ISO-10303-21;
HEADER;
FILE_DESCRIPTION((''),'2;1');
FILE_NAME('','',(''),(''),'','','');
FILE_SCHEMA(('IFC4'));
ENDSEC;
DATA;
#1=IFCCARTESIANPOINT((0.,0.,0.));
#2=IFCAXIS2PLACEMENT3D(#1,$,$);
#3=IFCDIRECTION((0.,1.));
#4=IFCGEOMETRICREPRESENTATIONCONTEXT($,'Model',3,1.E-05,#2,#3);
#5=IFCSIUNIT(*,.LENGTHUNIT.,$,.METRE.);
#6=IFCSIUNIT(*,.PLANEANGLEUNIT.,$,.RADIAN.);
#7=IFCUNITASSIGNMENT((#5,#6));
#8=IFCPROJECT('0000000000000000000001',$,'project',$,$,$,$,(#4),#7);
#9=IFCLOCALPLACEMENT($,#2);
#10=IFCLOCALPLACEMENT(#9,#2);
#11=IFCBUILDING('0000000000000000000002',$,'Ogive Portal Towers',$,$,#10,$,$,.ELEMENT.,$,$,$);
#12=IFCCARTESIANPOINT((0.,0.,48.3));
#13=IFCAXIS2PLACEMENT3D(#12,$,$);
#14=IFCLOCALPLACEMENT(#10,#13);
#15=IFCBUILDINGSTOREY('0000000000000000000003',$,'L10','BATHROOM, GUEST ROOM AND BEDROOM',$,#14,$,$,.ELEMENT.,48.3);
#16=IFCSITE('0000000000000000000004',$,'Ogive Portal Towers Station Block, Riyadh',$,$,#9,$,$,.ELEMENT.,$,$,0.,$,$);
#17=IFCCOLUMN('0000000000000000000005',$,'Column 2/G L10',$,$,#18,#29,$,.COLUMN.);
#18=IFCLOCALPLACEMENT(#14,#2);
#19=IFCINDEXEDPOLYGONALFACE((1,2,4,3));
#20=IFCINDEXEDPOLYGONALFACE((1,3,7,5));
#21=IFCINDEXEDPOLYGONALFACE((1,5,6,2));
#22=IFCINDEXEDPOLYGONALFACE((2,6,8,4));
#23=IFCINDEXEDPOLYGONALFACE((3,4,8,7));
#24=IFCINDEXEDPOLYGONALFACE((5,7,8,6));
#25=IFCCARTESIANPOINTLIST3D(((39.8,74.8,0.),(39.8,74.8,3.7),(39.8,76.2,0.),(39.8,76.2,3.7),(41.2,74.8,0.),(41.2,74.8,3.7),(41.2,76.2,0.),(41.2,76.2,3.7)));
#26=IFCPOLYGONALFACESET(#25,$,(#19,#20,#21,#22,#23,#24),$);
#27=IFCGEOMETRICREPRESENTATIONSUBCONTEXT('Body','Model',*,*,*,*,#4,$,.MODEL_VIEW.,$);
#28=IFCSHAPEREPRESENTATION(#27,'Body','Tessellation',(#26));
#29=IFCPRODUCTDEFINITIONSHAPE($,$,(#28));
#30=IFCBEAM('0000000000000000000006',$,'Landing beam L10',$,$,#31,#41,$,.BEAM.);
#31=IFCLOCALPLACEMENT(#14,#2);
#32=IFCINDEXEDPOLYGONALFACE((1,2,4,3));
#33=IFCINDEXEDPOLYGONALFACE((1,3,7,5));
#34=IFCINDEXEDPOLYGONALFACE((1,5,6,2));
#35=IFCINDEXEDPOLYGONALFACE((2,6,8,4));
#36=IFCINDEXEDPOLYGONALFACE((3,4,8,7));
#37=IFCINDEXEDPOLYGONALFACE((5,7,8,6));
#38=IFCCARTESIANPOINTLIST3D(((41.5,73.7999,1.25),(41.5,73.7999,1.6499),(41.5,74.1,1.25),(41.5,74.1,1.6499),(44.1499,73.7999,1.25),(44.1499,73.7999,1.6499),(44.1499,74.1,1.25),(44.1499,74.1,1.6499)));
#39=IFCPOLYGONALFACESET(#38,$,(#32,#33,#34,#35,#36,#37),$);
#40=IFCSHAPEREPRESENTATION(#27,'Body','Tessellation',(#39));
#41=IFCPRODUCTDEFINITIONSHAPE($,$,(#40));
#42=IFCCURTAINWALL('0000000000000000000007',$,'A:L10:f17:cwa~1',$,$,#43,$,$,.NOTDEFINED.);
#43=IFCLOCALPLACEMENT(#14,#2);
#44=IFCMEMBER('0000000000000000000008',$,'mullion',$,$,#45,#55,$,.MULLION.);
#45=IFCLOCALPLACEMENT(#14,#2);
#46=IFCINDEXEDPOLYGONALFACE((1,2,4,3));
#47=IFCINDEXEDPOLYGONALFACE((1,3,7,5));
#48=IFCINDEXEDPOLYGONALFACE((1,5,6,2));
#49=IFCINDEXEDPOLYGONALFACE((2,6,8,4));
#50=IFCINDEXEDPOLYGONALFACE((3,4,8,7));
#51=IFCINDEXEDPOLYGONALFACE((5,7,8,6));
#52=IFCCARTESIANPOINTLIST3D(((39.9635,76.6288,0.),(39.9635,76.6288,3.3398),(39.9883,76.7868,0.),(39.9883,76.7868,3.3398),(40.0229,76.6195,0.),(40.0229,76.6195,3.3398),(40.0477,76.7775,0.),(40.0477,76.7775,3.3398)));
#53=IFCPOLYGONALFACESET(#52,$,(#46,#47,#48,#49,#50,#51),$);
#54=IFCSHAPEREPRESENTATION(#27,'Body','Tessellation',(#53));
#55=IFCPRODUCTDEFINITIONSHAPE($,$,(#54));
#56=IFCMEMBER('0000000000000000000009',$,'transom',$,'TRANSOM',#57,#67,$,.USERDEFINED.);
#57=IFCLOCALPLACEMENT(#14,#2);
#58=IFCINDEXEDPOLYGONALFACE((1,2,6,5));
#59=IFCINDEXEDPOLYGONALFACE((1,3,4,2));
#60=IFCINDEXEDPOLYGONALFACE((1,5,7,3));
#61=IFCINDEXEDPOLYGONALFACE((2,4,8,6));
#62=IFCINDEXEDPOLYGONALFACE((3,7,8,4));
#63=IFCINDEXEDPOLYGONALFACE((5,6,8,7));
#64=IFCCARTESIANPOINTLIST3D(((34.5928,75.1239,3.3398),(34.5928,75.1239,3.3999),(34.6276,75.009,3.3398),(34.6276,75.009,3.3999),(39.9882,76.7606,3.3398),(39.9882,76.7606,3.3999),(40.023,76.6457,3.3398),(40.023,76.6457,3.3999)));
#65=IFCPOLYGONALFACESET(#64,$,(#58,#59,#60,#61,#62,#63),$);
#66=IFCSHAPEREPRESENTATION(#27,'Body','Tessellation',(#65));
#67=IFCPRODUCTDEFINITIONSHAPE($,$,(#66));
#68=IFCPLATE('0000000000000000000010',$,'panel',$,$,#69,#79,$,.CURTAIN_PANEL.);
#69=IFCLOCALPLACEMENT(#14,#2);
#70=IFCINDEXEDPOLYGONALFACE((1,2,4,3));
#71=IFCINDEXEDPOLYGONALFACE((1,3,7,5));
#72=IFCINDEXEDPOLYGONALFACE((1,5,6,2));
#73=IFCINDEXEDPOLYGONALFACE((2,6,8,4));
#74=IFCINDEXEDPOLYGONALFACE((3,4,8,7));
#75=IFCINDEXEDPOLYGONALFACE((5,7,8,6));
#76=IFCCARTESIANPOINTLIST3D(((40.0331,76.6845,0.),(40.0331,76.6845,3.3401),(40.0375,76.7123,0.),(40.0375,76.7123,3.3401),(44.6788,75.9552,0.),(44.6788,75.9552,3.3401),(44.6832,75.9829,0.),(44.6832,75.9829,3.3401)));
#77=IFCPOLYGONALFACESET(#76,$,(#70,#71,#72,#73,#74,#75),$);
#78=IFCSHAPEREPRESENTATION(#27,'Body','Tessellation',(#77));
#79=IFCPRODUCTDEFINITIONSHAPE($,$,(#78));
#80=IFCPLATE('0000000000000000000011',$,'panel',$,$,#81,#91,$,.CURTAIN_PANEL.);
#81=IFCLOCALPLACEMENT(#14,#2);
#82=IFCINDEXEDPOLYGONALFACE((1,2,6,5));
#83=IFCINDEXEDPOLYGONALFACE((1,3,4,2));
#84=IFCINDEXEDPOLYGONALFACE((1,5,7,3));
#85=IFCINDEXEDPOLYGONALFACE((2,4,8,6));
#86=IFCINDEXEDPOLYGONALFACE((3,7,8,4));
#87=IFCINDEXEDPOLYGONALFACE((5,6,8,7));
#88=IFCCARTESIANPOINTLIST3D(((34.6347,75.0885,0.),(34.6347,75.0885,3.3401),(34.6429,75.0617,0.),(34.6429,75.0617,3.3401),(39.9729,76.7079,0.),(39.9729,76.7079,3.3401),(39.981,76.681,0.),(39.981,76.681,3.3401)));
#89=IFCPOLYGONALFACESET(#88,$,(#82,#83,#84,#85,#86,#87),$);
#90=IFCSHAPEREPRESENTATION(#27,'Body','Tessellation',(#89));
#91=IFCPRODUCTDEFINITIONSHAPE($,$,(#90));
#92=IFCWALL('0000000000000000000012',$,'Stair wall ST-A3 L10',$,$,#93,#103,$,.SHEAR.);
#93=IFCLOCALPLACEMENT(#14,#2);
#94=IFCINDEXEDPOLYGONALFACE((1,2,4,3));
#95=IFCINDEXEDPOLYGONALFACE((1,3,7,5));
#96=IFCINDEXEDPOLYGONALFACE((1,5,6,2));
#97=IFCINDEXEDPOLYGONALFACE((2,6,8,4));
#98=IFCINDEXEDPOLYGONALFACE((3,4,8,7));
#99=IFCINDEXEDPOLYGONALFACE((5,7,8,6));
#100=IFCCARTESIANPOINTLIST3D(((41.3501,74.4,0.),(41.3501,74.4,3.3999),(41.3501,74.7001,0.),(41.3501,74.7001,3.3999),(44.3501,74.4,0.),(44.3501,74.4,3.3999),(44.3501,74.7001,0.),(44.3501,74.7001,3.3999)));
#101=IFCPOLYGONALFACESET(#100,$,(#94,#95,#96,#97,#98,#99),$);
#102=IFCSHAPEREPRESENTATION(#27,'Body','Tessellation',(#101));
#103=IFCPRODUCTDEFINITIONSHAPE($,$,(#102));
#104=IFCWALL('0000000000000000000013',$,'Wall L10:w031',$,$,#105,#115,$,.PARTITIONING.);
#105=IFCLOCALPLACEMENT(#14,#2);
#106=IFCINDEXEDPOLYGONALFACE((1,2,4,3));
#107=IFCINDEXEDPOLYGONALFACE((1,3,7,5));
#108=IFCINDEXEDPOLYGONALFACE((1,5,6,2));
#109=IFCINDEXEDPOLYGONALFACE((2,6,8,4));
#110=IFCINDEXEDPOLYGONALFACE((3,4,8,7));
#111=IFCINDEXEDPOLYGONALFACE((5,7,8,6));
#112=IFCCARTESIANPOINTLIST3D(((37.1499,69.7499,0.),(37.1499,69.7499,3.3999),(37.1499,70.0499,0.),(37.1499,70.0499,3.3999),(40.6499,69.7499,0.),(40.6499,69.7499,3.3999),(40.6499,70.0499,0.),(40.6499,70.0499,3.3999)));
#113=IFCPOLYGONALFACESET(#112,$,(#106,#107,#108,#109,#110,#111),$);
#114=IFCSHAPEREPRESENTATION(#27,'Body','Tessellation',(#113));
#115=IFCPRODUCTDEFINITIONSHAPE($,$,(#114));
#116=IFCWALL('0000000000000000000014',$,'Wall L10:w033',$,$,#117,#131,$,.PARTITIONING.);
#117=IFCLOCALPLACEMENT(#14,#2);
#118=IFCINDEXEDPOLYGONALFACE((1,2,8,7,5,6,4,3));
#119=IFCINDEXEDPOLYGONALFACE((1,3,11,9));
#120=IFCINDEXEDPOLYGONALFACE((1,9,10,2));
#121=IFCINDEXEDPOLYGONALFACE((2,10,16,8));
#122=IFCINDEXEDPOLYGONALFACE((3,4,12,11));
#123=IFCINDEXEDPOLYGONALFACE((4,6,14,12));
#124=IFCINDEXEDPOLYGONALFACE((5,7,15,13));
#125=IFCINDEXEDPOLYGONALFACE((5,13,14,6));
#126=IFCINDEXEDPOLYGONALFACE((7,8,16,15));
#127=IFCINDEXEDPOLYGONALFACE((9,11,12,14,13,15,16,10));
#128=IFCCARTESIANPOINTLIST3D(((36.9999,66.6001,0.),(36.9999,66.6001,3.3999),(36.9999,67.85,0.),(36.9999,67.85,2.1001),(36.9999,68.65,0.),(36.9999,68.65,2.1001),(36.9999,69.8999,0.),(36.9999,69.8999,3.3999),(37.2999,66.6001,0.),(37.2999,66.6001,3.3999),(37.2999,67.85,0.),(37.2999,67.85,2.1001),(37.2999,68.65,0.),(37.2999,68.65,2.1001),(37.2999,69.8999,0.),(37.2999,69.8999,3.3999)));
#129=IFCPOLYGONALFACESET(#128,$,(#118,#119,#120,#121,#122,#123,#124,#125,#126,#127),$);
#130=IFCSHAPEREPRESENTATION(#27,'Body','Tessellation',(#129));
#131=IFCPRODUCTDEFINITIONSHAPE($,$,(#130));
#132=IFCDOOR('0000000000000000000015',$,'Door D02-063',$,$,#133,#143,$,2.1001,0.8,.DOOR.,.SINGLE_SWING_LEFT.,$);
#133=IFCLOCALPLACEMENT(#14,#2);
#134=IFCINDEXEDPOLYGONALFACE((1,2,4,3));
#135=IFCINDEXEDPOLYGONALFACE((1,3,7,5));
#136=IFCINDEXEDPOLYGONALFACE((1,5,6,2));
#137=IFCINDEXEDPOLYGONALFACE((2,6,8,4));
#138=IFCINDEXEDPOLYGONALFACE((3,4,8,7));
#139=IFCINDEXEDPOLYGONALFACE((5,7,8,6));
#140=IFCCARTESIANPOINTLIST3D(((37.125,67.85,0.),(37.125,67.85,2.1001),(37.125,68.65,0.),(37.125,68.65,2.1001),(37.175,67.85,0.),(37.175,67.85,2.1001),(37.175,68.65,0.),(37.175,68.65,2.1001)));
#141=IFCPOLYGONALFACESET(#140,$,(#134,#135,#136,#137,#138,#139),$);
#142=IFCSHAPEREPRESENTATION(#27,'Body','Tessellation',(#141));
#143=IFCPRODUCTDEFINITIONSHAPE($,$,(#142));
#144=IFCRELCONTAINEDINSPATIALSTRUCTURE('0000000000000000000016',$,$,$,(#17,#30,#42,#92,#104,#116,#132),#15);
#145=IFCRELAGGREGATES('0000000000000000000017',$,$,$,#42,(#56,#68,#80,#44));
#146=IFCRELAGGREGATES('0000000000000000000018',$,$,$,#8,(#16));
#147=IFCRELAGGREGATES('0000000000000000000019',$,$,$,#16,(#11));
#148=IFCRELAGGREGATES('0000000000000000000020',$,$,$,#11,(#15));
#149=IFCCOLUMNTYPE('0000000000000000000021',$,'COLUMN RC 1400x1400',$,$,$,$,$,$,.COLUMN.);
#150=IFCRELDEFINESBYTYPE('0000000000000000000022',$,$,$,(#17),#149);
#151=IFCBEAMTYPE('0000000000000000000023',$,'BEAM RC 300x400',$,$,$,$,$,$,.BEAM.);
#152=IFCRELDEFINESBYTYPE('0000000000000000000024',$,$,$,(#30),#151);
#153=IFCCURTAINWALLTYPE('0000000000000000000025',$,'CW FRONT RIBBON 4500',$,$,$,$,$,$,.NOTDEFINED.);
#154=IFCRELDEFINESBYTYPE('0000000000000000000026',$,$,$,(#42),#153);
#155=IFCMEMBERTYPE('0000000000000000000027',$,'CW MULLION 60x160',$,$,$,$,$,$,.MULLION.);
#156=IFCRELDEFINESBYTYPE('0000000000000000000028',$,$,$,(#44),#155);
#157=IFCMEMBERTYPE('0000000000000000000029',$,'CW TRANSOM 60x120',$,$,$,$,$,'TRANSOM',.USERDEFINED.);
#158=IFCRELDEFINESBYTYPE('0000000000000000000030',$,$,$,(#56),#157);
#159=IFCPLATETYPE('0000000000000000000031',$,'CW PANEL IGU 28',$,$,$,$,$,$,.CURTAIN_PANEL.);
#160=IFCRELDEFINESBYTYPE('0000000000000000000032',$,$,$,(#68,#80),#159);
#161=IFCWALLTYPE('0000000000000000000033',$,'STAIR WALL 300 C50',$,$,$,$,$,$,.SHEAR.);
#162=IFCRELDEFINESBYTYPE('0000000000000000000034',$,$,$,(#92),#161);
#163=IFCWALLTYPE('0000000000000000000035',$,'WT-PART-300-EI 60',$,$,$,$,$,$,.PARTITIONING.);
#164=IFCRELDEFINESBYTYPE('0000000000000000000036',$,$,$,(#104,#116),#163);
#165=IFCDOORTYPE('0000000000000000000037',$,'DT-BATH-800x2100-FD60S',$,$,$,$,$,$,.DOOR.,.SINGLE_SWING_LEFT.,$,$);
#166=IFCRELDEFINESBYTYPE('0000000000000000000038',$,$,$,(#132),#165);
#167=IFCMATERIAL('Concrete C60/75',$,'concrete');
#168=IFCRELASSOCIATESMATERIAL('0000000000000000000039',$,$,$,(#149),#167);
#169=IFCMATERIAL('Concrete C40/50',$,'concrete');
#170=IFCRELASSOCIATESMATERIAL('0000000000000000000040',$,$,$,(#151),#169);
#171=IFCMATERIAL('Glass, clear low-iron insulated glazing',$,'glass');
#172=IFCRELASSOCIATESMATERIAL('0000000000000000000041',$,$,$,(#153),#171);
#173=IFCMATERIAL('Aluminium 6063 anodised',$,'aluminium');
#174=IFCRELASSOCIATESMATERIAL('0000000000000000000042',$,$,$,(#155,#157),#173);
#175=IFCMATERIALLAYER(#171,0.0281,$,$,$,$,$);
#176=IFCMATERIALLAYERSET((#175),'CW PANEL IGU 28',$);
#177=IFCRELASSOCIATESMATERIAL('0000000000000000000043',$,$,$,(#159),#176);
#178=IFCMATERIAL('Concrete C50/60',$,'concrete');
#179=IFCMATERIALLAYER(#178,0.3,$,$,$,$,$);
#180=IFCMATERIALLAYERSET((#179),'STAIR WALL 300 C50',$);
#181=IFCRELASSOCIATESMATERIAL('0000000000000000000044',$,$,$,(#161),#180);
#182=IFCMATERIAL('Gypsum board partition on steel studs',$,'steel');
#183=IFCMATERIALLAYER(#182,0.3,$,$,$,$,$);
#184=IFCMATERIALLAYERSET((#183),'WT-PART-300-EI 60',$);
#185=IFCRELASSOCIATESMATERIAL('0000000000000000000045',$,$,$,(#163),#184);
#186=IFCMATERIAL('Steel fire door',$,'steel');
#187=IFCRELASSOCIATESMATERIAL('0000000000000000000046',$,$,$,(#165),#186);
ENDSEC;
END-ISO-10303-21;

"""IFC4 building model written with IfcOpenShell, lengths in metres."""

from ifc_helpers import new_model, si_unit, direction, frame, frame_2d, origin, origin_2d, place, context, subcontext, project, spatial, rectangle, extrude, material, layer, layer_set, material_profile, profile_set, type_object, element, fill, aggregate, save


model = new_model("IFC4")

# Units and contexts
model_context = context("Model", 3, precision=1e-05, world=origin(), true_north=direction((0.0, 1.0)))
body_context = subcontext(model_context, "Body", "Model", "MODEL_VIEW")
ifc_project = project(units=[si_unit("LENGTHUNIT", "METRE"), si_unit("PLANEANGLEUNIT", "RADIAN")], contexts=[model_context])

# Site, building, storey
site_placement = place(None, origin())
site = spatial("IfcSite", under=ifc_project, at=site_placement, Name="Ogive Portal Towers Station Block, Riyadh", CompositionType="ELEMENT", RefElevation=0.0)
building_placement = place(site_placement, origin())
building = spatial("IfcBuilding", under=site, at=building_placement, Name="Ogive Portal Towers", CompositionType="ELEMENT")
storey_placement = place(building_placement, frame((0.0, 0.0, 48.3)))
storey = spatial("IfcBuildingStorey", under=building, at=storey_placement, Name="L10", Description="BATHROOM, GUEST ROOM AND BEDROOM", CompositionType="ELEMENT", Elevation=48.3)

# Column
ifc_material_1 = material(Name="Concrete C60/75", Category="concrete")
ifc_material_profile_1 = material_profile(ifc_material_1, rectangle(XDim=1.3999, YDim=1.3999, at=origin_2d()), Name="RC 1400x1400")
ifc_profile_set_1 = profile_set([ifc_material_profile_1], Name="Concrete C60/75")
column_type = type_object("IfcColumnType", Name="COLUMN RC 1400x1400", PredefinedType="COLUMN", material=ifc_profile_set_1)
column_placement = place(storey_placement, frame((40.5, 75.5, 0.0), z_axis=(0.0, 0.0, 1.0), x_axis=(1.0, 0.0, 0.0)))
element("IfcColumn", 1, at=column_placement, inside=storey, type_object=column_type, Name="Column 2/G L10", PredefinedType="COLUMN", context=body_context, shape_type="SweptSolid", body=[
    extrude(rectangle(XDim=1.3999, YDim=1.3999, at=origin_2d()), origin(), (0.0, 0.0, 1.0), 3.7),
])

# Beam
ifc_material_2 = material(Name="Concrete C40/50", Category="concrete")
ifc_material_profile_2 = material_profile(ifc_material_2, rectangle(XDim=0.3, YDim=0.3999, at=origin_2d()), Name="RC 300x400")
ifc_profile_set_2 = profile_set([ifc_material_profile_2], Name="Concrete C40/50")
beam_type = type_object("IfcBeamType", Name="BEAM RC 300x400", PredefinedType="BEAM", material=ifc_profile_set_2)
beam_placement = place(storey_placement, frame((41.5, 73.95, 1.45), z_axis=(1.0, 0.0, 0.0), x_axis=(0.0, 1.0, 0.0)))
element("IfcBeam", 2, at=beam_placement, inside=storey, type_object=beam_type, Name="Landing beam L10", PredefinedType="BEAM", context=body_context, shape_type="SweptSolid", body=[
    extrude(rectangle(XDim=0.3, YDim=0.3999, at=origin_2d()), origin(), (0.0, 0.0, 1.0), 2.6499),
])

# Curtain wall, members, plates
ifc_material_3 = material(Name="Glass, clear low-iron insulated glazing", Category="glass")
curtain_wall_type = type_object("IfcCurtainWallType", Name="CW FRONT RIBBON 4500", PredefinedType="NOTDEFINED", material=ifc_material_3)
curtain_wall_placement = place(storey_placement, origin())
curtain_wall = element("IfcCurtainWall", 3, at=curtain_wall_placement, inside=storey, type_object=curtain_wall_type, Name="A:L10:f17:cwa~1", PredefinedType="NOTDEFINED")
ifc_material_4 = material(Name="Aluminium 6063 anodised", Category="aluminium")
ifc_material_profile_3 = material_profile(ifc_material_4, rectangle(XDim=0.1599, YDim=0.0601, at=origin_2d()), Name="AL 60x160")
ifc_profile_set_3 = profile_set([ifc_material_profile_3], Name="Aluminium 6063 anodised")
member_type_1 = type_object("IfcMemberType", Name="CW MULLION 60x160", PredefinedType="MULLION", material=ifc_profile_set_3)
member_1_placement = place(storey_placement, frame((40.0056, 76.7031, 0.0), z_axis=(0.0, 0.0, 1.0), x_axis=(-0.155089, -0.987901, 0.0)))
member_1 = element("IfcMember", 4, at=member_1_placement, type_object=member_type_1, Name="mullion", PredefinedType="MULLION", context=body_context, shape_type="SweptSolid", body=[
    extrude(rectangle(XDim=0.1599, YDim=0.0601, at=origin_2d()), origin(), (0.0, 0.0, 1.0), 3.3398),
])
ifc_material_profile_4 = material_profile(ifc_material_4, rectangle(XDim=0.1201, YDim=0.0601, at=origin_2d()), Name="AL 120x60")
ifc_profile_set_4 = profile_set([ifc_material_profile_4], Name="Aluminium 6063 anodised")
member_type_2 = type_object("IfcMemberType", Name="CW TRANSOM 60x120", ElementType="TRANSOM", PredefinedType="USERDEFINED", material=ifc_profile_set_4)
member_2_placement = place(storey_placement, frame((40.0056, 76.7031, 3.3699), z_axis=(-0.95694, -0.290286, 0.0), x_axis=(0.290286, -0.95694, 0.0)))
member_2 = element("IfcMember", 5, at=member_2_placement, type_object=member_type_2, Name="transom", ObjectType="TRANSOM", PredefinedType="USERDEFINED", context=body_context, shape_type="SweptSolid", body=[
    extrude(rectangle(XDim=0.1201, YDim=0.0601, at=origin_2d()), origin(), (0.0, 0.0, 1.0), 5.6382),
])
ifc_layer_1 = layer(ifc_material_3, 0.0281)
ifc_layer_set_1 = layer_set([ifc_layer_1], Name="CW PANEL IGU 28")
plate_type = type_object("IfcPlateType", Name="CW PANEL IGU 28", PredefinedType="CURTAIN_PANEL", material=ifc_layer_set_1)
plate_1_placement = place(storey_placement, frame((42.3582, 76.3337, 0.0), z_axis=(0.0, 0.0, 1.0), x_axis=(-0.987901, 0.155089, 0.0)))
plate_1 = element("IfcPlate", 6, at=plate_1_placement, type_object=plate_type, Name="panel", PredefinedType="CURTAIN_PANEL", context=body_context, shape_type="SweptSolid", body=[
    extrude(rectangle(XDim=4.7026, YDim=0.0281, at=origin_2d()), origin(), (0.0, 0.0, 1.0), 3.3401),
])
plate_2_placement = place(storey_placement, frame((37.3079, 75.8848, 0.0), z_axis=(0.0, 0.0, 1.0), x_axis=(-0.95694, -0.290285, 0.0)))
plate_2 = element("IfcPlate", 7, at=plate_2_placement, type_object=plate_type, Name="panel", PredefinedType="CURTAIN_PANEL", context=body_context, shape_type="SweptSolid", body=[
    extrude(rectangle(XDim=5.5784, YDim=0.0281, at=origin_2d()), origin(), (0.0, 0.0, 1.0), 3.3401),
])
aggregate(curtain_wall, [member_2, plate_1, plate_2, member_1])

# Walls
ifc_material_5 = material(Name="Concrete C50/60", Category="concrete")
ifc_layer_2 = layer(ifc_material_5, 0.3)
ifc_layer_set_2 = layer_set([ifc_layer_2], Name="STAIR WALL 300 C50")
wall_type_1 = type_object("IfcWallType", Name="STAIR WALL 300 C50", PredefinedType="SHEAR", material=ifc_layer_set_2)
wall_1_placement = place(storey_placement, frame((41.3501, 74.55, 0.0), z_axis=(0.0, 0.0, 1.0), x_axis=(1.0, 0.0, 0.0)))
element("IfcWall", 8, at=wall_1_placement, inside=storey, type_object=wall_type_1, Name="Stair wall ST-A3 L10", PredefinedType="SHEAR", context=body_context, shape_type="SweptSolid", body=[
    extrude(rectangle(XDim=3.0, YDim=0.3, at=frame_2d((1.5, 0.0))), origin(), (0.0, 0.0, 1.0), 3.3999),
])
ifc_material_6 = material(Name="Gypsum board partition on steel studs", Category="steel")
ifc_layer_3 = layer(ifc_material_6, 0.3)
ifc_layer_set_3 = layer_set([ifc_layer_3], Name="WT-PART-300-EI 60")
wall_type_2 = type_object("IfcWallType", Name="WT-PART-300-EI 60", PredefinedType="PARTITIONING", material=ifc_layer_set_3)
wall_2_placement = place(storey_placement, frame((37.1499, 69.8999, 0.0), z_axis=(0.0, 0.0, 1.0), x_axis=(1.0, 0.0, 0.0)))
element("IfcWall", 9, at=wall_2_placement, inside=storey, type_object=wall_type_2, Name="Wall L10:w031", PredefinedType="PARTITIONING", context=body_context, shape_type="SweptSolid", body=[
    extrude(rectangle(XDim=3.5, YDim=0.3, at=frame_2d((1.75, 0.0))), origin(), (0.0, 0.0, 1.0), 3.3999),
])

# Wall, opening, door
wall_3_placement = place(storey_placement, frame((37.1499, 66.6001, 0.0), z_axis=(0.0, 0.0, 1.0), x_axis=(0.0, 1.0, 0.0)))
wall_3 = element("IfcWall", 10, at=wall_3_placement, inside=storey, type_object=wall_type_2, Name="Wall L10:w033", PredefinedType="PARTITIONING", context=body_context, shape_type="SweptSolid", body=[
    extrude(rectangle(XDim=3.2998, YDim=0.3, at=frame_2d((1.6499, 0.0))), origin(), (0.0, 0.0, 1.0), 3.3999),
])
opening_placement = place(wall_3_placement, frame((1.25, 0.0, 0.0)))
opening = element("IfcOpeningElement", 11, at=opening_placement, cuts=wall_3, PredefinedType="OPENING", context=body_context, shape_type="SweptSolid", body=[
    extrude(rectangle(XDim=0.8, YDim=2.1001, at=frame_2d((0.3999, 1.05))), frame((0.0, 0.1602, 0.0), z_axis=(0.0, -1.0, 0.0), x_axis=(1.0, 0.0, 0.0)), (0.0, 0.0, 1.0), 0.3201),
])
ifc_material_7 = material(Name="Steel fire door", Category="steel")
door_type = type_object("IfcDoorType", Name="DT-BATH-800x2100-FD60S", OperationType="SINGLE_SWING_LEFT", PredefinedType="DOOR", material=ifc_material_7)
door_placement = place(opening_placement, origin())
door = element("IfcDoor", 12, at=door_placement, inside=storey, type_object=door_type, Name="Door D02-063", OperationType="SINGLE_SWING_LEFT", OverallHeight=2.1001, OverallWidth=0.8, PredefinedType="DOOR", context=body_context, shape_type="SweptSolid", body=[
    extrude(rectangle(XDim=0.8, YDim=2.1001, at=frame_2d((0.3999, 1.05))), frame((0.0, 0.0249, 0.0), z_axis=(0.0, -1.0, 0.0), x_axis=(1.0, 0.0, 0.0)), (0.0, 0.0, 1.0), 0.05),
])
fill(opening, door)

save(model, "model.ifc")
